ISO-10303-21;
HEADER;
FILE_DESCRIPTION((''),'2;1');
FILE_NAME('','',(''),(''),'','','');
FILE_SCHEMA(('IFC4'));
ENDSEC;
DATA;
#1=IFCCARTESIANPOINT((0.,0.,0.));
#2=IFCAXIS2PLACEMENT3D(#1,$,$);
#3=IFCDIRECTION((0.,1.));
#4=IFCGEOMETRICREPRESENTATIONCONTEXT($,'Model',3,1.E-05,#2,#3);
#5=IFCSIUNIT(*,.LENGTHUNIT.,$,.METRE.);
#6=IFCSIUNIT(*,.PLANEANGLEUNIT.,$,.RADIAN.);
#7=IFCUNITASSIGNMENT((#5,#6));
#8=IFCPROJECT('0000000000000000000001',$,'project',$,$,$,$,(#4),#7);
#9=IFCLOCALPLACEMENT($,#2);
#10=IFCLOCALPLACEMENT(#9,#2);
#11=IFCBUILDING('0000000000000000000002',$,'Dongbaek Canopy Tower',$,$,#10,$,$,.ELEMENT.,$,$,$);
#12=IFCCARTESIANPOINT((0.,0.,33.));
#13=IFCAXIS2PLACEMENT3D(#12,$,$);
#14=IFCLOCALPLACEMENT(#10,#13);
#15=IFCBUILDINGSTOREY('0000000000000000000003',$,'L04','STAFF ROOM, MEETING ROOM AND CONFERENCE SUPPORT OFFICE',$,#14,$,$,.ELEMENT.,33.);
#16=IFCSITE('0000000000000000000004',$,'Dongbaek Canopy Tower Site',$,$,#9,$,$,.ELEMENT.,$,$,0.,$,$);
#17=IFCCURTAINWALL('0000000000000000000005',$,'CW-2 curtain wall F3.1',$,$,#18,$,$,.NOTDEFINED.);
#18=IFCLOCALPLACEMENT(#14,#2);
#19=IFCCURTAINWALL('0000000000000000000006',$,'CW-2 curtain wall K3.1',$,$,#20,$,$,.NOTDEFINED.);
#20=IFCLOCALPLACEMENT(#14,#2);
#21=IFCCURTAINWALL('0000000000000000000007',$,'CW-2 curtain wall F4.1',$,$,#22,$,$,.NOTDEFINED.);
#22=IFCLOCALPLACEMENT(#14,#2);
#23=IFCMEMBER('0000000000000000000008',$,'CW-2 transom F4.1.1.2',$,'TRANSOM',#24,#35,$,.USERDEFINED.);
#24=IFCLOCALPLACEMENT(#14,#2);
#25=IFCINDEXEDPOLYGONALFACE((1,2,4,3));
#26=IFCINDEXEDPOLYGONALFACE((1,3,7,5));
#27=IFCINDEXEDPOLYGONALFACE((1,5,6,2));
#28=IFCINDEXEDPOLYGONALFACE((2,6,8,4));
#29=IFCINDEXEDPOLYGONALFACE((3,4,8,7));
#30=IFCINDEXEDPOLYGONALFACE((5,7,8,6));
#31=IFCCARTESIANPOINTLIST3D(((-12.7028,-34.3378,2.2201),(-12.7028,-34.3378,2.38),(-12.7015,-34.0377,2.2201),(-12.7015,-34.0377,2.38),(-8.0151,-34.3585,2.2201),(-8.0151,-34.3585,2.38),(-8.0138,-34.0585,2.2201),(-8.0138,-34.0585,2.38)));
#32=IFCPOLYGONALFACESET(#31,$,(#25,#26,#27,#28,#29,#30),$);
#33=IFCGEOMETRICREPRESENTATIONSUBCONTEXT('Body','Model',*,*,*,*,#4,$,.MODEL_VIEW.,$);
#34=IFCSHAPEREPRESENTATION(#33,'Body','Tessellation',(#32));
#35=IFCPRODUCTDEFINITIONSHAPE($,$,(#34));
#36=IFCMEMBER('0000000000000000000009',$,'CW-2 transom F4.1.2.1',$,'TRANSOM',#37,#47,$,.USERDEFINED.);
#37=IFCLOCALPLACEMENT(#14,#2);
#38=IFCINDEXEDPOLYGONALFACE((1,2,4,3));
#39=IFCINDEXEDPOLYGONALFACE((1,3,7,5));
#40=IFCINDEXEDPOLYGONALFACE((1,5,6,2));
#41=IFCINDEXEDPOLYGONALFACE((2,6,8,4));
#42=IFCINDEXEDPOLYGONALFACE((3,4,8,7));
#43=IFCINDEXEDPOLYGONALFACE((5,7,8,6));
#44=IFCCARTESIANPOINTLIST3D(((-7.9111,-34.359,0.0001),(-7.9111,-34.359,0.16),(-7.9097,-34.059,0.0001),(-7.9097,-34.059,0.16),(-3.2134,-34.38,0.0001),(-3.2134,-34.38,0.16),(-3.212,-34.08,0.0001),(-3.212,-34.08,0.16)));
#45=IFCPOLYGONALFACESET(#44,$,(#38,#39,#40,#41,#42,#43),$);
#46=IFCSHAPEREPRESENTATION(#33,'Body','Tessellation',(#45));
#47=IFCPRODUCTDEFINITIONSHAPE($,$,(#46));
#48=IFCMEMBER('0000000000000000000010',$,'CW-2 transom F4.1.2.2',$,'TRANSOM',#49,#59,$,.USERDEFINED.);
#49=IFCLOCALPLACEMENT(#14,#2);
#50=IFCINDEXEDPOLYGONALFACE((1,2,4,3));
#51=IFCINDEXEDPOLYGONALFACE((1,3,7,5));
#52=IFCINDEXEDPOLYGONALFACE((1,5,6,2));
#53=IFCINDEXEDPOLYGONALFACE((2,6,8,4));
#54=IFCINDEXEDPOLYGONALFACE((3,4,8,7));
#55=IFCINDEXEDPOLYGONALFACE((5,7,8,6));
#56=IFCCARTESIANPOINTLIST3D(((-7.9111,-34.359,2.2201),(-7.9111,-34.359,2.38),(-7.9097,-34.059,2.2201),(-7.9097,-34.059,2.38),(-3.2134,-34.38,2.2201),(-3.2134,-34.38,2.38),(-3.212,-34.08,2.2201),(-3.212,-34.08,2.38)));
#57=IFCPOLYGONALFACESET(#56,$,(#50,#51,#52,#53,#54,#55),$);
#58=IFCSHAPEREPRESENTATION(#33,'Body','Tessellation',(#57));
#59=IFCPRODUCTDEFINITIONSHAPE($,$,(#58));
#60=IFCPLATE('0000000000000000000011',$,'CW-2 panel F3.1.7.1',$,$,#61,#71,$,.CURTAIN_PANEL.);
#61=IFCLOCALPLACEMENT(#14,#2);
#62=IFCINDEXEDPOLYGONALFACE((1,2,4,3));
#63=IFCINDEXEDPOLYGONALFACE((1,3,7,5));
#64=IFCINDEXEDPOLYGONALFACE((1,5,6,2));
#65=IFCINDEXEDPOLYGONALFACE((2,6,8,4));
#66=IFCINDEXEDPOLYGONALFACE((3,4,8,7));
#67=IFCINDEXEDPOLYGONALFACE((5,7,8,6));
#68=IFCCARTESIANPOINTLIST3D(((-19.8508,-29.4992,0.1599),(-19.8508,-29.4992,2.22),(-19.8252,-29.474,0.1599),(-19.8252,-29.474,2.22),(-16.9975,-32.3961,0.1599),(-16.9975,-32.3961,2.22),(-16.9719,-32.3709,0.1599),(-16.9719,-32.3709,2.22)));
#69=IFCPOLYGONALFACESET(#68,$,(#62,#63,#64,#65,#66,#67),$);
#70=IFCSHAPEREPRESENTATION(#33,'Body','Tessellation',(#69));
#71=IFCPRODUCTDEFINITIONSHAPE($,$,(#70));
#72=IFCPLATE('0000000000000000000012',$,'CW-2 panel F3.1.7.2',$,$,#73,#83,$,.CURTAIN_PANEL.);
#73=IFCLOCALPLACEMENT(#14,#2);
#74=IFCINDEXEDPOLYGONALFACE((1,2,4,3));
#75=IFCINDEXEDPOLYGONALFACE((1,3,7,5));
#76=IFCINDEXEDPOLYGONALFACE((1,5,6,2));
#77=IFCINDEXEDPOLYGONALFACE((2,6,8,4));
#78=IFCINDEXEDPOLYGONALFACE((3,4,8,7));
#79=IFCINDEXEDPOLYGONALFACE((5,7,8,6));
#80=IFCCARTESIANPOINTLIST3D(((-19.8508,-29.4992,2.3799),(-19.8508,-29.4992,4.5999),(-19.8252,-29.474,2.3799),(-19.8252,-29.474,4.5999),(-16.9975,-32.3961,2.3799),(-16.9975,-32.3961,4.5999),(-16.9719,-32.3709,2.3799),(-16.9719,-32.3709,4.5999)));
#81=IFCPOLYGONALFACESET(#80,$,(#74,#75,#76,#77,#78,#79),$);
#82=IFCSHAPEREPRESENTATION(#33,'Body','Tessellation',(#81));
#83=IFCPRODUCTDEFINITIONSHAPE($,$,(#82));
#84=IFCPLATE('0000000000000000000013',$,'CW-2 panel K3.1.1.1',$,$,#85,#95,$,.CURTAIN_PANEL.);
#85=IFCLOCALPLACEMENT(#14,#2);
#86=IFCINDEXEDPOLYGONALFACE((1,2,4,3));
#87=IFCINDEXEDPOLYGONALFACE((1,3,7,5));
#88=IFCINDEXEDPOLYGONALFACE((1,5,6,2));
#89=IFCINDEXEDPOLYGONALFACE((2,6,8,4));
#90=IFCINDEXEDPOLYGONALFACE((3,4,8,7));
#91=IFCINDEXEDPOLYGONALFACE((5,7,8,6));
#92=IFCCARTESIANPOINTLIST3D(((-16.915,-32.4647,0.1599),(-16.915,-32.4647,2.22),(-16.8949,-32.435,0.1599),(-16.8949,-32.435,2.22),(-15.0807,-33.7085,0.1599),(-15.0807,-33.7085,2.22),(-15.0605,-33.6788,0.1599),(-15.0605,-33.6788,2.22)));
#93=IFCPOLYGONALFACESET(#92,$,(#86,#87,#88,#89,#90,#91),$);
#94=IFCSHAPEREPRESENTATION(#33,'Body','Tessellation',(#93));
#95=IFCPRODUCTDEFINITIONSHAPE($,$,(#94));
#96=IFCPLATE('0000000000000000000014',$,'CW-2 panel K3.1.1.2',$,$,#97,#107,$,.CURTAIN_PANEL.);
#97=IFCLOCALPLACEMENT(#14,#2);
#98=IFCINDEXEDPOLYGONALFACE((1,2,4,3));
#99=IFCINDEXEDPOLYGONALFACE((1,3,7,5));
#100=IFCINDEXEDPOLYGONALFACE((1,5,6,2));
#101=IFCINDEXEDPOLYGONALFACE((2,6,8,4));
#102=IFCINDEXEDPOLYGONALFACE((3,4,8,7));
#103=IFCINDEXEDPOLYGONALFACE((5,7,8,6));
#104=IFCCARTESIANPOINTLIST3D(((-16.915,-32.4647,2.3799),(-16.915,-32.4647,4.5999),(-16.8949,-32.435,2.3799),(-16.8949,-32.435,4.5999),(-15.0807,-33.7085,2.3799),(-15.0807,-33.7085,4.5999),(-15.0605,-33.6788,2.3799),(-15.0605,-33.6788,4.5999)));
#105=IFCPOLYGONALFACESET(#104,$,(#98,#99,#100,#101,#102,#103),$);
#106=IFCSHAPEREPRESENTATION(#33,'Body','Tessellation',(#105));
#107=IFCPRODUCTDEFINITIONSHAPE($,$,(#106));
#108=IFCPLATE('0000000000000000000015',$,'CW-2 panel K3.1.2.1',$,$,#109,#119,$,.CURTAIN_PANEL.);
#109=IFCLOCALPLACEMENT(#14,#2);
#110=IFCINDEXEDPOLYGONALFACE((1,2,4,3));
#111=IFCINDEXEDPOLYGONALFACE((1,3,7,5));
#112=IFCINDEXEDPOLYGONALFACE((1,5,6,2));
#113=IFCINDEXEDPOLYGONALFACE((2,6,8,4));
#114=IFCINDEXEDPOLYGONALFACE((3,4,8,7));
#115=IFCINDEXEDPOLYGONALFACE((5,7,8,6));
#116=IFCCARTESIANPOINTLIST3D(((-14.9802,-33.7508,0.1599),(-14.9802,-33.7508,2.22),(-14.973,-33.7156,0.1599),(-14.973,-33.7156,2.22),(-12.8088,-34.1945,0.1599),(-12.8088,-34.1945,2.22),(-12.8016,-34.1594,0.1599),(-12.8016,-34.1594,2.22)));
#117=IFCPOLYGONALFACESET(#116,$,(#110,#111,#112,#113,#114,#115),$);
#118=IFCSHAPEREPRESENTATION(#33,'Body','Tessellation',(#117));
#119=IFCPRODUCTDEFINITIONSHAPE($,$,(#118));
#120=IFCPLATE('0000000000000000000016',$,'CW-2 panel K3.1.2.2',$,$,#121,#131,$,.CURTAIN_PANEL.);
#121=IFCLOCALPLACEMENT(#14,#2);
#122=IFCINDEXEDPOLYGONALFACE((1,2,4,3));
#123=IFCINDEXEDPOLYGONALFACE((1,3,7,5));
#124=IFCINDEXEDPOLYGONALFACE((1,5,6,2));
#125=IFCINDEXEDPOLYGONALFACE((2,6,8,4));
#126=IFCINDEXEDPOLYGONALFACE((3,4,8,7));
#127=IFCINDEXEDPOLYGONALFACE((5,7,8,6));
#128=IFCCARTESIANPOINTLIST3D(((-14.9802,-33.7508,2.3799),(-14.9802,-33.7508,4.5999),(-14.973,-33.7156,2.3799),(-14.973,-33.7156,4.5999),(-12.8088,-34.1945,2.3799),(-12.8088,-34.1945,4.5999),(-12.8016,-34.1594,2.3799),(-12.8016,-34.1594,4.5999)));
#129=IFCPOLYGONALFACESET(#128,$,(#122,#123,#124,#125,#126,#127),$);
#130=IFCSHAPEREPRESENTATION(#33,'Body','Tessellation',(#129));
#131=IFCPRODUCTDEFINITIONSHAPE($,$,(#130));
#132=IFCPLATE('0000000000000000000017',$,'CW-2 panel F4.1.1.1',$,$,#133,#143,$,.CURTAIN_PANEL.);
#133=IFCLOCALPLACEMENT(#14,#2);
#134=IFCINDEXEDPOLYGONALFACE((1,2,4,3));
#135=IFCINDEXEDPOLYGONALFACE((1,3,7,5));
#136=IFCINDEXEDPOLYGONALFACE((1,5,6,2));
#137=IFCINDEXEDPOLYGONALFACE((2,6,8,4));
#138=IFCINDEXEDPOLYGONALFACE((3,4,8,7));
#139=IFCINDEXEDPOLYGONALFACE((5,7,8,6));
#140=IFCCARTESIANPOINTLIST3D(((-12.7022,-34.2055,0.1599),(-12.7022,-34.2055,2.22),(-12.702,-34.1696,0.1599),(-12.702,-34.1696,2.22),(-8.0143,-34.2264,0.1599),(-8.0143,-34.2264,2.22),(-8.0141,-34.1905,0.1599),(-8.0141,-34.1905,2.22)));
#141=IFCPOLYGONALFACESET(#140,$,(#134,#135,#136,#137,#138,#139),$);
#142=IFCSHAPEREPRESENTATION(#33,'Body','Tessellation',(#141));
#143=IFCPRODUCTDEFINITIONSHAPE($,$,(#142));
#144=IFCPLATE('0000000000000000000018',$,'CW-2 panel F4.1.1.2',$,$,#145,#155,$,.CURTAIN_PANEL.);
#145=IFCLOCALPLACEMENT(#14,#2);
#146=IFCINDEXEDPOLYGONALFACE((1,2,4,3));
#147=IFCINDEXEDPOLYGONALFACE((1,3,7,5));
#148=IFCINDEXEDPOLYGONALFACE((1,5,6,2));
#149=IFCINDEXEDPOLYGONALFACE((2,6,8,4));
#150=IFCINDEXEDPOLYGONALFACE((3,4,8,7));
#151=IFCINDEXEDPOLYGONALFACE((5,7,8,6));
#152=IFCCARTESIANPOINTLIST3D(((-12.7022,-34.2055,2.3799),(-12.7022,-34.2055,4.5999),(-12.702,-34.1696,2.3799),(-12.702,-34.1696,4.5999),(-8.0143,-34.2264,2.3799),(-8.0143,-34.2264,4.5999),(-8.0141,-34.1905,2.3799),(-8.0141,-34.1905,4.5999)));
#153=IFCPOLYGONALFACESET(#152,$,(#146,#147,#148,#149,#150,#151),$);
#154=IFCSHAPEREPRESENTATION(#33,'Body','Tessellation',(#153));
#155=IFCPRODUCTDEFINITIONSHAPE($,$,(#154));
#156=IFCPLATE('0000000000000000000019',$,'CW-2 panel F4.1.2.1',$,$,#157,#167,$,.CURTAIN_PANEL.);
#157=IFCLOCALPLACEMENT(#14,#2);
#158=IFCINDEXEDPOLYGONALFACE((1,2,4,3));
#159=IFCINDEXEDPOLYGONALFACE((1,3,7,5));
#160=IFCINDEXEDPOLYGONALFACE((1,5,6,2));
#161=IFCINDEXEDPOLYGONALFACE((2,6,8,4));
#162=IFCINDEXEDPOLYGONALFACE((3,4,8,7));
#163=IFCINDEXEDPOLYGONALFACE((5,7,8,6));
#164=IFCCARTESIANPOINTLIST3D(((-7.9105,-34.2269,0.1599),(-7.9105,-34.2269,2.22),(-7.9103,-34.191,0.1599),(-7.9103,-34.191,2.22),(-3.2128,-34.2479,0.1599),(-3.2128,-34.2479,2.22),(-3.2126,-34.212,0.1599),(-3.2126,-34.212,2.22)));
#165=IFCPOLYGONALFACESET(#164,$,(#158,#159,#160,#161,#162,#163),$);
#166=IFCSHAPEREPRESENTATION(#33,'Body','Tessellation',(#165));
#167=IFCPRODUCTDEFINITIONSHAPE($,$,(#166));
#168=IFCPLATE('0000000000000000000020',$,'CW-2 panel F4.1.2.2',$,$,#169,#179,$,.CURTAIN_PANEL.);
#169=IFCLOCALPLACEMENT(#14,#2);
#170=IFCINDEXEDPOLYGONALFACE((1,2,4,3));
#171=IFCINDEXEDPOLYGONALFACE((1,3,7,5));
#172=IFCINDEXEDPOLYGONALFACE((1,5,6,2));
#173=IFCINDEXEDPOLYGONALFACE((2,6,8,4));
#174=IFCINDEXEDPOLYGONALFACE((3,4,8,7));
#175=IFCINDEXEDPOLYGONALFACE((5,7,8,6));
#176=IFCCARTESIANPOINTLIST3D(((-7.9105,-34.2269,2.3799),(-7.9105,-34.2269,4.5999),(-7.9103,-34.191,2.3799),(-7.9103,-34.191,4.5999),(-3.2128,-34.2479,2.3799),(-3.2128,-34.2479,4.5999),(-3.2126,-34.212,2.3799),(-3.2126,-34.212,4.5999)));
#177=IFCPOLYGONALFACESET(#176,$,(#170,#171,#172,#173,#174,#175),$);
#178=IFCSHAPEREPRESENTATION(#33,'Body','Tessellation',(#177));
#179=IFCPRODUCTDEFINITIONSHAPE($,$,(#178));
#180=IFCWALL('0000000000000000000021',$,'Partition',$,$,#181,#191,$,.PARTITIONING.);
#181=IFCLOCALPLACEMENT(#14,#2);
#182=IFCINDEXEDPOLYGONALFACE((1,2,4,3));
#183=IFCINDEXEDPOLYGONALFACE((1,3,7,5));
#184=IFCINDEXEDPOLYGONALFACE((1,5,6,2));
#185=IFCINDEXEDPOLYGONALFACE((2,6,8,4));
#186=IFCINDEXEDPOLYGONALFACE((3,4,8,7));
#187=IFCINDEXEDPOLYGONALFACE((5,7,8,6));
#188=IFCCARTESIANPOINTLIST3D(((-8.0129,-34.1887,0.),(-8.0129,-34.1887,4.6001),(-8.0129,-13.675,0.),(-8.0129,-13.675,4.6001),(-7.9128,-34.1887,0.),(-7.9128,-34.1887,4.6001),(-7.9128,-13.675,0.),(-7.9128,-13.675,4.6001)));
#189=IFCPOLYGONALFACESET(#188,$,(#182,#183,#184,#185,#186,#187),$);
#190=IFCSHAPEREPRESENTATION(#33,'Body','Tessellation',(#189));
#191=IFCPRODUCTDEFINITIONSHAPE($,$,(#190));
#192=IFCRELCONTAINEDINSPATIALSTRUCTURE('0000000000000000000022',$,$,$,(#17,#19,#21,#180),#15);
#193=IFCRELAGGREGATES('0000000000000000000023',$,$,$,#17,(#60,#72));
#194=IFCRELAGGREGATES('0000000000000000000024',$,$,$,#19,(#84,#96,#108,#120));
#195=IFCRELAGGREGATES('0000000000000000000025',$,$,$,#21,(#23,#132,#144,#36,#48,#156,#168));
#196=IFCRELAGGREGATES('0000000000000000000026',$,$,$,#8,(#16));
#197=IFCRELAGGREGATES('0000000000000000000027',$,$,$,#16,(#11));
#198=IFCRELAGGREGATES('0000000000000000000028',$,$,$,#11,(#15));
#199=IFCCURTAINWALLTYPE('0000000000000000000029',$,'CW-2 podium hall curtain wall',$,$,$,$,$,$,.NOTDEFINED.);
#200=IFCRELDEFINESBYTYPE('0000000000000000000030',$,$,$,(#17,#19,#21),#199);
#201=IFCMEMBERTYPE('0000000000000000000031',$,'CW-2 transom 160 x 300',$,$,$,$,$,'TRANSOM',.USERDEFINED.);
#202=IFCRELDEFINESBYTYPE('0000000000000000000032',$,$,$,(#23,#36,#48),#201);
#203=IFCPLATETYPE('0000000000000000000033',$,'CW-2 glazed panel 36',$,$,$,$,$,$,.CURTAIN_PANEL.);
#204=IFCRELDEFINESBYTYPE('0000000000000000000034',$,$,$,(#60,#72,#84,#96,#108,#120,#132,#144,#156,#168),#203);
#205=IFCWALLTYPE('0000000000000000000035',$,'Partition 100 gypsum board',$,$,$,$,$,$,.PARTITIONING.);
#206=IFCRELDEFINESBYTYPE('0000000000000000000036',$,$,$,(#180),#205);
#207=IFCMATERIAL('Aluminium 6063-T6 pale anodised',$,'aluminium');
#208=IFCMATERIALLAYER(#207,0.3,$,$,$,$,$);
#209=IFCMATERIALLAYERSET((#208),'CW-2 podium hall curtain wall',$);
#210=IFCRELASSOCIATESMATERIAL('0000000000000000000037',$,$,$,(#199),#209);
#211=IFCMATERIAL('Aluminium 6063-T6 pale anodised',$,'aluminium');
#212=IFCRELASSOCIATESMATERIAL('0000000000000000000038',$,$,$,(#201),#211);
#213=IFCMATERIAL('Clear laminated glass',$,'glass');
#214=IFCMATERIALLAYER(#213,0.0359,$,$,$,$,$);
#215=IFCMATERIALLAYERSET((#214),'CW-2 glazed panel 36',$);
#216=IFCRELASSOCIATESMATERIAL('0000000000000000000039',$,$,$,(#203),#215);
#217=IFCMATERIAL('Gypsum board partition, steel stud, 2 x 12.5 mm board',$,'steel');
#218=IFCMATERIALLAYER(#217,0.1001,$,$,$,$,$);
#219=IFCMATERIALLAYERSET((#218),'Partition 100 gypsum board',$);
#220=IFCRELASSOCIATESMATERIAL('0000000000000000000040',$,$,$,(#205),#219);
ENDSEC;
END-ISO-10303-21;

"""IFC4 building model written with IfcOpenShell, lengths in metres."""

from ifc_helpers import new_model, si_unit, direction, frame, frame_2d, origin, origin_2d, place, context, subcontext, project, spatial, rectangle, extrude, material, layer, layer_set, material_profile, profile_set, type_object, element, aggregate, save


model = new_model("IFC4")

# Units and contexts
model_context = context("Model", 3, precision=1e-05, world=origin(), true_north=direction((0.0, 1.0)))
body_context = subcontext(model_context, "Body", "Model", "MODEL_VIEW")
ifc_project = project(units=[si_unit("LENGTHUNIT", "METRE"), si_unit("PLANEANGLEUNIT", "RADIAN")], contexts=[model_context])

# Site, building, storey
site_placement = place(None, origin())
site = spatial("IfcSite", under=ifc_project, at=site_placement, Name="Dongbaek Canopy Tower Site", CompositionType="ELEMENT", RefElevation=0.0)
building_placement = place(site_placement, origin())
building = spatial("IfcBuilding", under=site, at=building_placement, Name="Dongbaek Canopy Tower", CompositionType="ELEMENT")
storey_placement = place(building_placement, frame((0.0, 0.0, 33.0)))
storey = spatial("IfcBuildingStorey", under=building, at=storey_placement, Name="L04", Description="STAFF ROOM, MEETING ROOM AND CONFERENCE SUPPORT OFFICE", CompositionType="ELEMENT", Elevation=33.0)

# Curtain wall
ifc_material_1 = material(Name="Aluminium 6063-T6 pale anodised", Category="aluminium")
ifc_layer_1 = layer(ifc_material_1, 0.3)
ifc_layer_set_1 = layer_set([ifc_layer_1], Name="CW-2 podium hall curtain wall")
curtain_wall_type = type_object("IfcCurtainWallType", Name="CW-2 podium hall curtain wall", PredefinedType="NOTDEFINED", material=ifc_layer_set_1)
curtain_wall_1_placement = place(storey_placement, origin())
curtain_wall_1 = element("IfcCurtainWall", 1, at=curtain_wall_1_placement, inside=storey, type_object=curtain_wall_type, Name="CW-2 curtain wall F3.1", PredefinedType="NOTDEFINED")

# Curtain walls
curtain_wall_2_placement = place(storey_placement, origin())
curtain_wall_2 = element("IfcCurtainWall", 2, at=curtain_wall_2_placement, inside=storey, type_object=curtain_wall_type, Name="CW-2 curtain wall K3.1", PredefinedType="NOTDEFINED")
curtain_wall_3_placement = place(storey_placement, origin())
curtain_wall_3 = element("IfcCurtainWall", 3, at=curtain_wall_3_placement, inside=storey, type_object=curtain_wall_type, Name="CW-2 curtain wall F4.1", PredefinedType="NOTDEFINED")

# Members
ifc_material_2 = material(Name="Aluminium 6063-T6 pale anodised", Category="aluminium")
ifc_material_profile_1 = material_profile(ifc_material_2, rectangle(XDim=0.3, YDim=0.1599, at=origin_2d()), Name="CW-2 transom 160 x 300")
ifc_profile_set_1 = profile_set([ifc_material_profile_1], Name="Aluminium 6063-T6 pale anodised")
member_type_1 = type_object("IfcMemberType", Name="CW-2 transom 160 x 300", ElementType="TRANSOM", PredefinedType="USERDEFINED", material=ifc_profile_set_1)
member_1_placement = place(storey_placement, frame((-12.7021, -34.1877, 2.3), z_axis=(0.99999, -0.004427, 0.0), x_axis=(0.004427, 0.99999, 0.0)))
member_1 = element("IfcMember", 4, at=member_1_placement, type_object=member_type_1, Name="CW-2 transom F4.1.1.2", ObjectType="TRANSOM", PredefinedType="USERDEFINED", context=body_context, shape_type="SweptSolid", body=[
    extrude(rectangle(XDim=0.3, YDim=0.1599, at=origin_2d()), origin(), (0.0, 0.0, 1.0), 4.6877),
])
member_2_placement = place(storey_placement, frame((-7.9104, -34.209, 0.0801), z_axis=(0.99999, -0.004469, 0.0), x_axis=(0.004469, 0.99999, 0.0)))
member_2 = element("IfcMember", 5, at=member_2_placement, type_object=member_type_1, Name="CW-2 transom F4.1.2.1", ObjectType="TRANSOM", PredefinedType="USERDEFINED", context=body_context, shape_type="SweptSolid", body=[
    extrude(rectangle(XDim=0.3, YDim=0.1599, at=origin_2d()), origin(), (0.0, 0.0, 1.0), 4.6978),
])
member_3_placement = place(storey_placement, frame((-7.9104, -34.209, 2.3), z_axis=(0.99999, -0.004469, 0.0), x_axis=(0.004469, 0.99999, 0.0)))
member_3 = element("IfcMember", 6, at=member_3_placement, type_object=member_type_1, Name="CW-2 transom F4.1.2.2", ObjectType="TRANSOM", PredefinedType="USERDEFINED", context=body_context, shape_type="SweptSolid", body=[
    extrude(rectangle(XDim=0.3, YDim=0.1599, at=origin_2d()), origin(), (0.0, 0.0, 1.0), 4.6978),
])

# Plates
ifc_material_3 = material(Name="Clear laminated glass", Category="glass")
ifc_layer_2 = layer(ifc_material_3, 0.0359)
ifc_layer_set_2 = layer_set([ifc_layer_2], Name="CW-2 glazed panel 36")
plate_type = type_object("IfcPlateType", Name="CW-2 glazed panel 36", PredefinedType="CURTAIN_PANEL", material=ifc_layer_set_2)
plate_1_placement = place(storey_placement, frame((-18.4114, -30.9351, 0.1599), z_axis=(0.0, 0.0, 1.0), x_axis=(0.701718, -0.712455, 0.0)))
plate_1 = element("IfcPlate", 7, at=plate_1_placement, type_object=plate_type, Name="CW-2 panel F3.1.7.1", PredefinedType="CURTAIN_PANEL", context=body_context, shape_type="SweptSolid", body=[
    extrude(rectangle(XDim=4.0662, YDim=0.0359, at=origin_2d()), origin(), (0.0, 0.0, 1.0), 2.0601),
])
plate_2_placement = place(storey_placement, frame((-18.4114, -30.9351, 2.3799), z_axis=(0.0, 0.0, 1.0), x_axis=(0.701718, -0.712455, 0.0)))
plate_2 = element("IfcPlate", 8, at=plate_2_placement, type_object=plate_type, Name="CW-2 panel F3.1.7.2", PredefinedType="CURTAIN_PANEL", context=body_context, shape_type="SweptSolid", body=[
    extrude(rectangle(XDim=4.0662, YDim=0.0359, at=origin_2d()), origin(), (0.0, 0.0, 1.0), 2.22),
])
aggregate(curtain_wall_1, [plate_1, plate_2])
plate_3_placement = place(storey_placement, frame((-15.9878, -33.0718, 0.1599), z_axis=(0.0, 0.0, 1.0), x_axis=(0.827667, -0.56122, 0.0)))
plate_3 = element("IfcPlate", 9, at=plate_3_placement, type_object=plate_type, Name="CW-2 panel K3.1.1.1", PredefinedType="CURTAIN_PANEL", context=body_context, shape_type="SweptSolid", body=[
    extrude(rectangle(XDim=2.2163, YDim=0.0359, at=origin_2d()), origin(), (0.0, 0.0, 1.0), 2.0601),
])
plate_4_placement = place(storey_placement, frame((-15.9878, -33.0718, 2.3799), z_axis=(0.0, 0.0, 1.0), x_axis=(0.827667, -0.56122, 0.0)))
plate_4 = element("IfcPlate", 10, at=plate_4_placement, type_object=plate_type, Name="CW-2 panel K3.1.1.2", PredefinedType="CURTAIN_PANEL", context=body_context, shape_type="SweptSolid", body=[
    extrude(rectangle(XDim=2.2163, YDim=0.0359, at=origin_2d()), origin(), (0.0, 0.0, 1.0), 2.22),
])
plate_5_placement = place(storey_placement, frame((-13.8909, -33.9551, 0.1599), z_axis=(0.0, 0.0, 1.0), x_axis=(0.979748, -0.200234, 0.0)))
plate_5 = element("IfcPlate", 11, at=plate_5_placement, type_object=plate_type, Name="CW-2 panel K3.1.2.1", PredefinedType="CURTAIN_PANEL", context=body_context, shape_type="SweptSolid", body=[
    extrude(rectangle(XDim=2.2163, YDim=0.0359, at=origin_2d()), origin(), (0.0, 0.0, 1.0), 2.0601),
])
plate_6_placement = place(storey_placement, frame((-13.8909, -33.9551, 2.3799), z_axis=(0.0, 0.0, 1.0), x_axis=(0.979748, -0.200234, 0.0)))
plate_6 = element("IfcPlate", 12, at=plate_6_placement, type_object=plate_type, Name="CW-2 panel K3.1.2.2", PredefinedType="CURTAIN_PANEL", context=body_context, shape_type="SweptSolid", body=[
    extrude(rectangle(XDim=2.2163, YDim=0.0359, at=origin_2d()), origin(), (0.0, 0.0, 1.0), 2.22),
])
aggregate(curtain_wall_2, [plate_3, plate_4, plate_5, plate_6])
plate_7_placement = place(storey_placement, frame((-10.3582, -34.198, 0.1599), z_axis=(0.0, 0.0, 1.0), x_axis=(0.99999, -0.004466, 0.0)))
plate_7 = element("IfcPlate", 13, at=plate_7_placement, type_object=plate_type, Name="CW-2 panel F4.1.1.1", PredefinedType="CURTAIN_PANEL", context=body_context, shape_type="SweptSolid", body=[
    extrude(rectangle(XDim=4.688, YDim=0.0359, at=origin_2d()), origin(), (0.0, 0.0, 1.0), 2.0601),
])
plate_8_placement = place(storey_placement, frame((-10.3582, -34.198, 2.3799), z_axis=(0.0, 0.0, 1.0), x_axis=(0.99999, -0.004466, 0.0)))
plate_8 = element("IfcPlate", 14, at=plate_8_placement, type_object=plate_type, Name="CW-2 panel F4.1.1.2", PredefinedType="CURTAIN_PANEL", context=body_context, shape_type="SweptSolid", body=[
    extrude(rectangle(XDim=4.688, YDim=0.0359, at=origin_2d()), origin(), (0.0, 0.0, 1.0), 2.22),
])
plate_9_placement = place(storey_placement, frame((-5.5615, -34.2195, 0.1599), z_axis=(0.0, 0.0, 1.0), x_axis=(0.99999, -0.004466, 0.0)))
plate_9 = element("IfcPlate", 15, at=plate_9_placement, type_object=plate_type, Name="CW-2 panel F4.1.2.1", PredefinedType="CURTAIN_PANEL", context=body_context, shape_type="SweptSolid", body=[
    extrude(rectangle(XDim=4.6978, YDim=0.0359, at=origin_2d()), origin(), (0.0, 0.0, 1.0), 2.0601),
])
plate_10_placement = place(storey_placement, frame((-5.5615, -34.2195, 2.3799), z_axis=(0.0, 0.0, 1.0), x_axis=(0.99999, -0.004466, 0.0)))
plate_10 = element("IfcPlate", 16, at=plate_10_placement, type_object=plate_type, Name="CW-2 panel F4.1.2.2", PredefinedType="CURTAIN_PANEL", context=body_context, shape_type="SweptSolid", body=[
    extrude(rectangle(XDim=4.6978, YDim=0.0359, at=origin_2d()), origin(), (0.0, 0.0, 1.0), 2.22),
])
aggregate(curtain_wall_3, [member_1, plate_7, plate_8, member_2, member_3, plate_9, plate_10])

# Wall
ifc_material_4 = material(Name="Gypsum board partition, steel stud, 2 x 12.5 mm board", Category="steel")
ifc_layer_3 = layer(ifc_material_4, 0.1001)
ifc_layer_set_3 = layer_set([ifc_layer_3], Name="Partition 100 gypsum board")
wall_type = type_object("IfcWallType", Name="Partition 100 gypsum board", PredefinedType="PARTITIONING", material=ifc_layer_set_3)
wall_placement = place(storey_placement, frame((-7.9629, -34.1887, 0.0), z_axis=(0.0, 0.0, 1.0), x_axis=(0.0, 1.0, 0.0)))
element("IfcWall", 17, at=wall_placement, inside=storey, type_object=wall_type, Name="Partition", PredefinedType="PARTITIONING", context=body_context, shape_type="SweptSolid", body=[
    extrude(rectangle(XDim=20.5137, YDim=0.1001, at=frame_2d((10.2568, 0.0))), origin(), (0.0, 0.0, 1.0), 4.6001),
])

save(model, "model.ifc")
